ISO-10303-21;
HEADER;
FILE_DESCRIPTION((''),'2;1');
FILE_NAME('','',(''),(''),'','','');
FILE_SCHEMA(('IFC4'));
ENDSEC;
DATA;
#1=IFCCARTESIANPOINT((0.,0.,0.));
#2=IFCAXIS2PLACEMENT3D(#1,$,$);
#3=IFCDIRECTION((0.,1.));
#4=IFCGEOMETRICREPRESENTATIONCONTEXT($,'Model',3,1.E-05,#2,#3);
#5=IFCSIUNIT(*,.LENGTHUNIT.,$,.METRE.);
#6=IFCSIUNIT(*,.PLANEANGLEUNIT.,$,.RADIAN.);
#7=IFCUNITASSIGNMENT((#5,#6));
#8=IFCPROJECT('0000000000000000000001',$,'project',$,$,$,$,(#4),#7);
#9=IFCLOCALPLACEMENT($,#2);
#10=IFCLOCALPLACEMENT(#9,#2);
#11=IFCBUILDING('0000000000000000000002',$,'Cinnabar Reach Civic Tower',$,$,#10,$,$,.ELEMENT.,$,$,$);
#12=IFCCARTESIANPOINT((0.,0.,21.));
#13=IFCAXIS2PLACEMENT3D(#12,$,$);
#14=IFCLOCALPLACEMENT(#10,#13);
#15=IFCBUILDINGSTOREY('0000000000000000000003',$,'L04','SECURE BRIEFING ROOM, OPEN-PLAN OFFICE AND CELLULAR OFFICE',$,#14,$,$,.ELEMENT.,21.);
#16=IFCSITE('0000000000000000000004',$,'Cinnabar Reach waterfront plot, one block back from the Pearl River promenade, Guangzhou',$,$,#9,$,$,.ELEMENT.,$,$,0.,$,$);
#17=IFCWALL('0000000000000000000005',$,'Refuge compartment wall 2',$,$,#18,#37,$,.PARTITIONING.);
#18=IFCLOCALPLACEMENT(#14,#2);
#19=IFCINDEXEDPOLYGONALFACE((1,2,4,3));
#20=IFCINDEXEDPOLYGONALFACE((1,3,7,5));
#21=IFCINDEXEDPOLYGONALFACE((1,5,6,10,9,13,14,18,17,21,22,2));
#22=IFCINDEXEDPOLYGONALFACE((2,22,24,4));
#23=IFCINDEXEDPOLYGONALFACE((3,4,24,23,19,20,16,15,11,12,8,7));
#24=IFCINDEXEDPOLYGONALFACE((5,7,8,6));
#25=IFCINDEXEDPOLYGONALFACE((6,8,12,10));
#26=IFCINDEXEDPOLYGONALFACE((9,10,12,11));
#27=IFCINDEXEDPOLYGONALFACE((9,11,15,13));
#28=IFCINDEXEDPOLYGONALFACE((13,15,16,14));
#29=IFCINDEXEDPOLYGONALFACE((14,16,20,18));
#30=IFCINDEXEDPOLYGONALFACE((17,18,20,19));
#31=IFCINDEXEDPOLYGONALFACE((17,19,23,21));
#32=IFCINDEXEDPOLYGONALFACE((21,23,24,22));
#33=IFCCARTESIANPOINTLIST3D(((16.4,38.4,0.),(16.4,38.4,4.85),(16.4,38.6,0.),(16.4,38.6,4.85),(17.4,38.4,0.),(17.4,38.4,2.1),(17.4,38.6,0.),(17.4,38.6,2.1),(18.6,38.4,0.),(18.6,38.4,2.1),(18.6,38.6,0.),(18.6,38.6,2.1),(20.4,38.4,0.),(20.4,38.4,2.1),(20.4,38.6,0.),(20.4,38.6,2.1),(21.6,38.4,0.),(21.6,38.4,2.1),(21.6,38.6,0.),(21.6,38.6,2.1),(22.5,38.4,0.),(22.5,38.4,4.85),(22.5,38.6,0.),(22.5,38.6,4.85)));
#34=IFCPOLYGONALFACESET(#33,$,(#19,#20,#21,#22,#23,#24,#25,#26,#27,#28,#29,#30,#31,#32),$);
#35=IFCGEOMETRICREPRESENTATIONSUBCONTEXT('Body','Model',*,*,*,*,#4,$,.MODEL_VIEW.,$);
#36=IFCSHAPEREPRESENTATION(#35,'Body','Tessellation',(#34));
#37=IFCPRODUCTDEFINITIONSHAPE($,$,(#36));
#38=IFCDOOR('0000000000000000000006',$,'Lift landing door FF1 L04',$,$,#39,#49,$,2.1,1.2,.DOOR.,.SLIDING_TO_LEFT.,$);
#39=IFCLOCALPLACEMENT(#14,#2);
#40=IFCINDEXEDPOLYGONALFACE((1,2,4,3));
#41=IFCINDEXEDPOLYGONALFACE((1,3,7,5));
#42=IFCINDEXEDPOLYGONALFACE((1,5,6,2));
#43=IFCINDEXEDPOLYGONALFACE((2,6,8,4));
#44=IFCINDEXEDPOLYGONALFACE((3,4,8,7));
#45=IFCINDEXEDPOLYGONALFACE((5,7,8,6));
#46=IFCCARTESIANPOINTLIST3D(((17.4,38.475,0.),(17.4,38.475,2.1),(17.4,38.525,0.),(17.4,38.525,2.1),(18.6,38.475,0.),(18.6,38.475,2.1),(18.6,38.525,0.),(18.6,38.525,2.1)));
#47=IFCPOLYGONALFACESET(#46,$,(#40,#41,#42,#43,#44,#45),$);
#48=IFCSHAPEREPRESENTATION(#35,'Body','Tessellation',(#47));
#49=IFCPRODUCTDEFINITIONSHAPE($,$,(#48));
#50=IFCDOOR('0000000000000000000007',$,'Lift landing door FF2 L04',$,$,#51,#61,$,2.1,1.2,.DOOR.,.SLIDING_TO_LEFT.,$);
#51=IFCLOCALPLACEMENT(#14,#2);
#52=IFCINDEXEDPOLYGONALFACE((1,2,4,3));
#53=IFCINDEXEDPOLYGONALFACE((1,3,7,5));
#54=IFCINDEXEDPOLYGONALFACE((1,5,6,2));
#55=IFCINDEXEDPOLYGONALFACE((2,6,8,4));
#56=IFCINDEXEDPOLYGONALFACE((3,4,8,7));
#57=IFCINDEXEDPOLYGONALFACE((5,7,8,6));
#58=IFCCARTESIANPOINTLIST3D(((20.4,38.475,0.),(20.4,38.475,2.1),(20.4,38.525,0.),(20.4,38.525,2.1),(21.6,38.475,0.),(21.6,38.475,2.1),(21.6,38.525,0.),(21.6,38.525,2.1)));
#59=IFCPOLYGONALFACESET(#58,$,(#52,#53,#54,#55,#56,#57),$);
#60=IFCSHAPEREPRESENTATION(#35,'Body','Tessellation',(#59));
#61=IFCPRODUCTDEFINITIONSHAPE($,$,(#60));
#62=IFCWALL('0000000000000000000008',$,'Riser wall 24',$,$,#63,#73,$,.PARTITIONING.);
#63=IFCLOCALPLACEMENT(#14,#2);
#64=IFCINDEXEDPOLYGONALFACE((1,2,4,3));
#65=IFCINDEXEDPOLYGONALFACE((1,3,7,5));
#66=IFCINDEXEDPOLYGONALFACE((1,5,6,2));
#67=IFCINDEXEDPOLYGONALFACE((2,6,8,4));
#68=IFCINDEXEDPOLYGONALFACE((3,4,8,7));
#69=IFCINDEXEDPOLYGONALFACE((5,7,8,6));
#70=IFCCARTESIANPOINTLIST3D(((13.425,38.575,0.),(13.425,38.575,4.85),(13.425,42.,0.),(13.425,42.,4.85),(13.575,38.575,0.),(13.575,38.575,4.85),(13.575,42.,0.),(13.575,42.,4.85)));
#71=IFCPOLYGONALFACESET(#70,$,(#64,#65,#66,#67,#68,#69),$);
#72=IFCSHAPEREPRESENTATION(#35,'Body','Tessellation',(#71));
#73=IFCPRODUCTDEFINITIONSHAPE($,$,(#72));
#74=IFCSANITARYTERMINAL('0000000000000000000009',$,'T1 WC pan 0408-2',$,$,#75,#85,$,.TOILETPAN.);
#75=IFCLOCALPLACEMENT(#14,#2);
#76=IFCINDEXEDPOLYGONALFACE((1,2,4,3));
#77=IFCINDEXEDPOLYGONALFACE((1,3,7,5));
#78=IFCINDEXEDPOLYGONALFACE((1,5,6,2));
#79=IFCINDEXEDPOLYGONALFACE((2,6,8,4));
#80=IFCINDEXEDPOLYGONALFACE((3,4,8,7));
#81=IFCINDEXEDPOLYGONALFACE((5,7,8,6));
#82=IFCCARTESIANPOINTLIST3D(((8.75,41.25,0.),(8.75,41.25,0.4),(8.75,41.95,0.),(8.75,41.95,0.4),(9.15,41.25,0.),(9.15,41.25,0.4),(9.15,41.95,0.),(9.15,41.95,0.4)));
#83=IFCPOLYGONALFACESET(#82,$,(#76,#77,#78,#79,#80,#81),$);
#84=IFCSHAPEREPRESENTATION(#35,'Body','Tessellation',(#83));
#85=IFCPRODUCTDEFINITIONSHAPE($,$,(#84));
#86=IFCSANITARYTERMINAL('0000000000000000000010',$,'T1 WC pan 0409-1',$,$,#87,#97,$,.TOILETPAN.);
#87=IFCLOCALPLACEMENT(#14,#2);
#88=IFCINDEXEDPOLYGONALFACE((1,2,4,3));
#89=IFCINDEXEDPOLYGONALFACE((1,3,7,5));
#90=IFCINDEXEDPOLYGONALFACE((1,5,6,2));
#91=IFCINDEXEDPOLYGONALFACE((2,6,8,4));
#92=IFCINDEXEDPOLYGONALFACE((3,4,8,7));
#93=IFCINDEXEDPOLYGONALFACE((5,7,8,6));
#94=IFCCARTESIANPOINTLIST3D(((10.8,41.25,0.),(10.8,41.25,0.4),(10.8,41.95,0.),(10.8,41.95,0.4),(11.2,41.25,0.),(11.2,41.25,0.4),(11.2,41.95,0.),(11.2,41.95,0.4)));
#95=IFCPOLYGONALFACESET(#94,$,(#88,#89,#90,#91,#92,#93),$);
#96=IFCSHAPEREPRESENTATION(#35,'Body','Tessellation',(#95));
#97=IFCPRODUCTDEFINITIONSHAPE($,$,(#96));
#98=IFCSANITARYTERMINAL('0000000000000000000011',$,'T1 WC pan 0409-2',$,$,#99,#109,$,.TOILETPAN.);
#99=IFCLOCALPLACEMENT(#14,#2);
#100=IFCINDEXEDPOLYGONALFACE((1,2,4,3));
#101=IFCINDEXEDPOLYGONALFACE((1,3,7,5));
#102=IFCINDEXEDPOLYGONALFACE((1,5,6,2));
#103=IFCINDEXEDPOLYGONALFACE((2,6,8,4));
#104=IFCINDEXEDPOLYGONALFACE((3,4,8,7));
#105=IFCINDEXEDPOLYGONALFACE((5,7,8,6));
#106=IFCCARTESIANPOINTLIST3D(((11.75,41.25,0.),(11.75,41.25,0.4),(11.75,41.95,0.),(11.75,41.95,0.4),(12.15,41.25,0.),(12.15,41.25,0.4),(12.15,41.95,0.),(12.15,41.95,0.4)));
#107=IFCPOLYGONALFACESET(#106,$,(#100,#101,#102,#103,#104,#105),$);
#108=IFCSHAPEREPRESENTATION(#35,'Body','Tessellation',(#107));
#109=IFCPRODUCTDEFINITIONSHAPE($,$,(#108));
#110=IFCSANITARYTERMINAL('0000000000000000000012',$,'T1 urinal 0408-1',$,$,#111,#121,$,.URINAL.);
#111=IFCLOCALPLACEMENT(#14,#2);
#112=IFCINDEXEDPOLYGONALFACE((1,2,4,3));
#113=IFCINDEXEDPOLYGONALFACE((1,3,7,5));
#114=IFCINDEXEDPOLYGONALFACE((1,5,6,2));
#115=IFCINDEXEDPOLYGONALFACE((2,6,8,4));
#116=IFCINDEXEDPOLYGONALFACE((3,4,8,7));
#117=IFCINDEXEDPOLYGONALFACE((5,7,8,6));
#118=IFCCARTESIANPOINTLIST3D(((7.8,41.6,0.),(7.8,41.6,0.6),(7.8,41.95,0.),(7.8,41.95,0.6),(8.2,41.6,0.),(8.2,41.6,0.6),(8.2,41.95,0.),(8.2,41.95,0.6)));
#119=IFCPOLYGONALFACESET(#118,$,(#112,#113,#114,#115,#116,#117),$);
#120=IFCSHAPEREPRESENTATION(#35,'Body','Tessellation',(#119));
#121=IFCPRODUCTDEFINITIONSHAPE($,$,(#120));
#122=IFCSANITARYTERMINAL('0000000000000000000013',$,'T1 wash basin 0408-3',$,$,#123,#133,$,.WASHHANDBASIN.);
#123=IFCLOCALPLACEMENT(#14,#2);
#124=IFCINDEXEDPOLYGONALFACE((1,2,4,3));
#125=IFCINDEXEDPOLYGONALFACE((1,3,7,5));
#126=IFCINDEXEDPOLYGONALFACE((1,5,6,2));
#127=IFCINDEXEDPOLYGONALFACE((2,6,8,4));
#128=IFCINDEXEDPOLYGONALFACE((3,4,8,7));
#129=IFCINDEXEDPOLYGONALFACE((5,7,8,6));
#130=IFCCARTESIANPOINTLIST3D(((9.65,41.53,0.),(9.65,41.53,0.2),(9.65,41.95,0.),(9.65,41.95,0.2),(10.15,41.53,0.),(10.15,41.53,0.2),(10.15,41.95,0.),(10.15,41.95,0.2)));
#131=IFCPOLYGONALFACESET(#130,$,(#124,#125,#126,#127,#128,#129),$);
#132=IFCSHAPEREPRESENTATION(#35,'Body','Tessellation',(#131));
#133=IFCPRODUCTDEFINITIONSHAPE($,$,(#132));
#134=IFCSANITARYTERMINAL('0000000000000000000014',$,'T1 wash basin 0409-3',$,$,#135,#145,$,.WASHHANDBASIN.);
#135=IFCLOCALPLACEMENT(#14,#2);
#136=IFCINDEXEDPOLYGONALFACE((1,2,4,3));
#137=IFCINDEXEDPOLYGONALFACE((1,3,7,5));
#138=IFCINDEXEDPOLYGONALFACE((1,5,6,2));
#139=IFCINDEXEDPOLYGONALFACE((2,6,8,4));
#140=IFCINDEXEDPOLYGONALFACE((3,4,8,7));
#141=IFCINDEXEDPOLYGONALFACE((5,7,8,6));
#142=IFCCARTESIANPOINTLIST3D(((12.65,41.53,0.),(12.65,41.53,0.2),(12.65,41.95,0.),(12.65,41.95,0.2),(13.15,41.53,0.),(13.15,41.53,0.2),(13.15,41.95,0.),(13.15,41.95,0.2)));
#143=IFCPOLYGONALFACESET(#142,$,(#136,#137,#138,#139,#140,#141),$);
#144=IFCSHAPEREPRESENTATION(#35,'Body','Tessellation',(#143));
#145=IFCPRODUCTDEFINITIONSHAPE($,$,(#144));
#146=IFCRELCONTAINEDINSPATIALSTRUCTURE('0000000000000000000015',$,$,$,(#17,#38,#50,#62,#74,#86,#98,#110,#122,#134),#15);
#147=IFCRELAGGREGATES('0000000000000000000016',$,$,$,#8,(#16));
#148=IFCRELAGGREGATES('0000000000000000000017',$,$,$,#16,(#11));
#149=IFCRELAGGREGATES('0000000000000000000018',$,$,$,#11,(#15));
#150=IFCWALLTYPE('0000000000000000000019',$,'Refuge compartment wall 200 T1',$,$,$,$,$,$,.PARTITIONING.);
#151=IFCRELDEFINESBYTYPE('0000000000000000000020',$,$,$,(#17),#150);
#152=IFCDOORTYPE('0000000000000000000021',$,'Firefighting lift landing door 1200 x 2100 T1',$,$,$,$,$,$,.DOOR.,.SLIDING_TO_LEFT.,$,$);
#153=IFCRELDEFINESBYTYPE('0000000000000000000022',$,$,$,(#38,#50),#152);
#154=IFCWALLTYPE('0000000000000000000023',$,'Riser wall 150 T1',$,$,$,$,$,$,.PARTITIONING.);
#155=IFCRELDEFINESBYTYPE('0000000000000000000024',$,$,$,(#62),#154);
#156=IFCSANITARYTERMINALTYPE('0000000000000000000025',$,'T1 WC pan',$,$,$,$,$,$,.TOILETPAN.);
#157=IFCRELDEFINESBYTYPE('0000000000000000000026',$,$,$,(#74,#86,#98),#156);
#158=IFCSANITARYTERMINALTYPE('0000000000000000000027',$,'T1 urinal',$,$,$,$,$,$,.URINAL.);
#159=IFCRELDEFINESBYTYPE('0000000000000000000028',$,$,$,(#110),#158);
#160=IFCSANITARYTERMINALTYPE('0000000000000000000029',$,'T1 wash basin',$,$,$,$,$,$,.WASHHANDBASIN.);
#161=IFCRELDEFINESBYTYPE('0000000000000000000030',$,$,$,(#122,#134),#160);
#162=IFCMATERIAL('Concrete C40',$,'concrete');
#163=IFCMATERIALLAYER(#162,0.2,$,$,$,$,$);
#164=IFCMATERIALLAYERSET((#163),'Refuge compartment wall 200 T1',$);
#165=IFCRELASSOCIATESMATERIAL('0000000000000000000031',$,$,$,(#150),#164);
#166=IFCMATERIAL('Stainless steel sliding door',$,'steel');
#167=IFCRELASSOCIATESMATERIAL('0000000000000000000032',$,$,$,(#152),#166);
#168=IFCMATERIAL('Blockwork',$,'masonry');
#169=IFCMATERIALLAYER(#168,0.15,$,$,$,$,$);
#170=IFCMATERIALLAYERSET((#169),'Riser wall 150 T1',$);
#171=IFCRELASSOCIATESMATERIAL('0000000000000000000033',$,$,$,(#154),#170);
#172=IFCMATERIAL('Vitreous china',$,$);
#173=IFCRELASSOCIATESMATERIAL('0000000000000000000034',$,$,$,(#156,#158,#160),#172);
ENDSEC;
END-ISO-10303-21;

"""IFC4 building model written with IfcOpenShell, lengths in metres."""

from ifc_helpers import new_model, si_unit, direction, frame, frame_2d, origin, origin_2d, place, context, subcontext, project, spatial, rectangle, extrude, material, layer, layer_set, type_object, element, fill, save


model = new_model("IFC4")

# Units and contexts
model_context = context("Model", 3, precision=1e-05, world=origin(), true_north=direction((0.0, 1.0)))
body_context = subcontext(model_context, "Body", "Model", "MODEL_VIEW")
ifc_project = project(units=[si_unit("LENGTHUNIT", "METRE"), si_unit("PLANEANGLEUNIT", "RADIAN")], contexts=[model_context])

# Site, building, storey
site_placement = place(None, origin())
site = spatial("IfcSite", under=ifc_project, at=site_placement, Name="Cinnabar Reach waterfront plot, one block back from the Pearl River promenade, Guangzhou", CompositionType="ELEMENT", RefElevation=0.0)
building_placement = place(site_placement, origin())
building = spatial("IfcBuilding", under=site, at=building_placement, Name="Cinnabar Reach Civic Tower", CompositionType="ELEMENT")
storey_placement = place(building_placement, frame((0.0, 0.0, 21.0)))
storey = spatial("IfcBuildingStorey", under=building, at=storey_placement, Name="L04", Description="SECURE BRIEFING ROOM, OPEN-PLAN OFFICE AND CELLULAR OFFICE", CompositionType="ELEMENT", Elevation=21.0)

# Shared definitions
ifc_material_1 = material(Name="Blockwork", Category="masonry")

# Wall, openings, doors
ifc_material_2 = material(Name="Concrete C40", Category="concrete")
ifc_layer_1 = layer(ifc_material_2, 0.2)
ifc_layer_set_1 = layer_set([ifc_layer_1], Name="Refuge compartment wall 200 T1")
wall_type_1 = type_object("IfcWallType", Name="Refuge compartment wall 200 T1", PredefinedType="PARTITIONING", material=ifc_layer_set_1)
wall_1_placement = place(storey_placement, frame((16.4, 38.5, 0.0), z_axis=(0.0, 0.0, 1.0), x_axis=(1.0, 0.0, 0.0)))
wall_1 = element("IfcWall", 1, at=wall_1_placement, inside=storey, type_object=wall_type_1, Name="Refuge compartment wall 2", PredefinedType="PARTITIONING", context=body_context, shape_type="SweptSolid", body=[
    extrude(rectangle(XDim=6.1, YDim=0.2, at=frame_2d((3.05, 0.0))), origin(), (0.0, 0.0, 1.0), 4.85),
])
opening_1_placement = place(wall_1_placement, frame((1.0, 0.0, 0.0)))
opening_1 = element("IfcOpeningElement", 2, at=opening_1_placement, cuts=wall_1, PredefinedType="OPENING", context=body_context, shape_type="SweptSolid", body=[
    extrude(rectangle(XDim=1.2, YDim=2.1, at=frame_2d((0.6, 1.05))), frame((0.0, 0.11, 0.0), z_axis=(0.0, -1.0, 0.0), x_axis=(1.0, 0.0, 0.0)), (0.0, 0.0, 1.0), 0.22),
])
opening_2_placement = place(wall_1_placement, frame((4.0, 0.0, 0.0)))
opening_2 = element("IfcOpeningElement", 3, at=opening_2_placement, cuts=wall_1, PredefinedType="OPENING", context=body_context, shape_type="SweptSolid", body=[
    extrude(rectangle(XDim=1.2, YDim=2.1, at=frame_2d((0.6, 1.05))), frame((0.0, 0.11, 0.0), z_axis=(0.0, -1.0, 0.0), x_axis=(1.0, 0.0, 0.0)), (0.0, 0.0, 1.0), 0.22),
])
ifc_material_3 = material(Name="Stainless steel sliding door", Category="steel")
door_type_1 = type_object("IfcDoorType", Name="Firefighting lift landing door 1200 x 2100 T1", OperationType="SLIDING_TO_LEFT", PredefinedType="DOOR", material=ifc_material_3)
door_1_placement = place(opening_1_placement, origin())
door_1 = element("IfcDoor", 4, at=door_1_placement, inside=storey, type_object=door_type_1, Name="Lift landing door FF1 L04", OperationType="SLIDING_TO_LEFT", OverallHeight=2.1, OverallWidth=1.2, PredefinedType="DOOR", context=body_context, shape_type="SweptSolid", body=[
    extrude(rectangle(XDim=1.2, YDim=2.1, at=frame_2d((0.6, 1.05))), frame((0.0, 0.025, 0.0), z_axis=(0.0, -1.0, 0.0), x_axis=(1.0, 0.0, 0.0)), (0.0, 0.0, 1.0), 0.05),
])
fill(opening_1, door_1)
door_2_placement = place(opening_2_placement, origin())
door_2 = element("IfcDoor", 5, at=door_2_placement, inside=storey, type_object=door_type_1, Name="Lift landing door FF2 L04", OperationType="SLIDING_TO_LEFT", OverallHeight=2.1, OverallWidth=1.2, PredefinedType="DOOR", context=body_context, shape_type="SweptSolid", body=[
    extrude(rectangle(XDim=1.2, YDim=2.1, at=frame_2d((0.6, 1.05))), frame((0.0, 0.025, 0.0), z_axis=(0.0, -1.0, 0.0), x_axis=(1.0, 0.0, 0.0)), (0.0, 0.0, 1.0), 0.05),
])
fill(opening_2, door_2)

# Wall
ifc_layer_2 = layer(ifc_material_1, 0.15)
ifc_layer_set_2 = layer_set([ifc_layer_2], Name="Riser wall 150 T1")
wall_type_2 = type_object("IfcWallType", Name="Riser wall 150 T1", PredefinedType="PARTITIONING", material=ifc_layer_set_2)
wall_2_placement = place(storey_placement, frame((13.5, 38.575, 0.0), z_axis=(0.0, 0.0, 1.0), x_axis=(0.0, 1.0, 0.0)))
element("IfcWall", 6, at=wall_2_placement, inside=storey, type_object=wall_type_2, Name="Riser wall 24", PredefinedType="PARTITIONING", context=body_context, shape_type="SweptSolid", body=[
    extrude(rectangle(XDim=3.425, YDim=0.15, at=frame_2d((1.7125, 0.0))), origin(), (0.0, 0.0, 1.0), 4.85),
])

# Sanitary terminals
ifc_material_4 = material(Name="Vitreous china")
sanitary_terminal_type_1 = type_object("IfcSanitaryTerminalType", Name="T1 WC pan", PredefinedType="TOILETPAN", material=ifc_material_4)
for number, where, z_axis, x_axis, name in (
    (7, (8.95, 41.6, 0.0), (0.0, 0.0, 1.0), (1.0, 0.0, 0.0), "T1 WC pan 0408-2"),
    (8, (11.0, 41.6, 0.0), (0.0, 0.0, 1.0), (1.0, 0.0, 0.0), "T1 WC pan 0409-1"),
    (9, (11.95, 41.6, 0.0), (0.0, 0.0, 1.0), (1.0, 0.0, 0.0), "T1 WC pan 0409-2"),
):
    element("IfcSanitaryTerminal", number, at=place(storey_placement, frame(where, z_axis=z_axis, x_axis=x_axis)), inside=storey, type_object=sanitary_terminal_type_1, Name=name, PredefinedType="TOILETPAN", context=body_context, shape_type="SweptSolid", body=[
        extrude(rectangle(XDim=0.4, YDim=0.7, at=origin_2d()), origin(), (0.0, 0.0, 1.0), 0.4),
    ])
sanitary_terminal_type_2 = type_object("IfcSanitaryTerminalType", Name="T1 urinal", PredefinedType="URINAL", material=ifc_material_4)
sanitary_terminal_placement = place(storey_placement, frame((8.0, 41.775, 0.0), z_axis=(0.0, 0.0, 1.0), x_axis=(1.0, 0.0, 0.0)))
element("IfcSanitaryTerminal", 10, at=sanitary_terminal_placement, inside=storey, type_object=sanitary_terminal_type_2, Name="T1 urinal 0408-1", PredefinedType="URINAL", context=body_context, shape_type="SweptSolid", body=[
    extrude(rectangle(XDim=0.4, YDim=0.35, at=origin_2d()), origin(), (0.0, 0.0, 1.0), 0.6),
])
sanitary_terminal_type_3 = type_object("IfcSanitaryTerminalType", Name="T1 wash basin", PredefinedType="WASHHANDBASIN", material=ifc_material_4)
for number, where, z_axis, x_axis, name in (
    (11, (9.9, 41.74, 0.0), (0.0, 0.0, 1.0), (1.0, 0.0, 0.0), "T1 wash basin 0408-3"),
    (12, (12.9, 41.74, 0.0), (0.0, 0.0, 1.0), (1.0, 0.0, 0.0), "T1 wash basin 0409-3"),
):
    element("IfcSanitaryTerminal", number, at=place(storey_placement, frame(where, z_axis=z_axis, x_axis=x_axis)), inside=storey, type_object=sanitary_terminal_type_3, Name=name, PredefinedType="WASHHANDBASIN", context=body_context, shape_type="SweptSolid", body=[
        extrude(rectangle(XDim=0.5, YDim=0.42, at=origin_2d()), origin(), (0.0, 0.0, 1.0), 0.2),
    ])

save(model, "model.ifc")
